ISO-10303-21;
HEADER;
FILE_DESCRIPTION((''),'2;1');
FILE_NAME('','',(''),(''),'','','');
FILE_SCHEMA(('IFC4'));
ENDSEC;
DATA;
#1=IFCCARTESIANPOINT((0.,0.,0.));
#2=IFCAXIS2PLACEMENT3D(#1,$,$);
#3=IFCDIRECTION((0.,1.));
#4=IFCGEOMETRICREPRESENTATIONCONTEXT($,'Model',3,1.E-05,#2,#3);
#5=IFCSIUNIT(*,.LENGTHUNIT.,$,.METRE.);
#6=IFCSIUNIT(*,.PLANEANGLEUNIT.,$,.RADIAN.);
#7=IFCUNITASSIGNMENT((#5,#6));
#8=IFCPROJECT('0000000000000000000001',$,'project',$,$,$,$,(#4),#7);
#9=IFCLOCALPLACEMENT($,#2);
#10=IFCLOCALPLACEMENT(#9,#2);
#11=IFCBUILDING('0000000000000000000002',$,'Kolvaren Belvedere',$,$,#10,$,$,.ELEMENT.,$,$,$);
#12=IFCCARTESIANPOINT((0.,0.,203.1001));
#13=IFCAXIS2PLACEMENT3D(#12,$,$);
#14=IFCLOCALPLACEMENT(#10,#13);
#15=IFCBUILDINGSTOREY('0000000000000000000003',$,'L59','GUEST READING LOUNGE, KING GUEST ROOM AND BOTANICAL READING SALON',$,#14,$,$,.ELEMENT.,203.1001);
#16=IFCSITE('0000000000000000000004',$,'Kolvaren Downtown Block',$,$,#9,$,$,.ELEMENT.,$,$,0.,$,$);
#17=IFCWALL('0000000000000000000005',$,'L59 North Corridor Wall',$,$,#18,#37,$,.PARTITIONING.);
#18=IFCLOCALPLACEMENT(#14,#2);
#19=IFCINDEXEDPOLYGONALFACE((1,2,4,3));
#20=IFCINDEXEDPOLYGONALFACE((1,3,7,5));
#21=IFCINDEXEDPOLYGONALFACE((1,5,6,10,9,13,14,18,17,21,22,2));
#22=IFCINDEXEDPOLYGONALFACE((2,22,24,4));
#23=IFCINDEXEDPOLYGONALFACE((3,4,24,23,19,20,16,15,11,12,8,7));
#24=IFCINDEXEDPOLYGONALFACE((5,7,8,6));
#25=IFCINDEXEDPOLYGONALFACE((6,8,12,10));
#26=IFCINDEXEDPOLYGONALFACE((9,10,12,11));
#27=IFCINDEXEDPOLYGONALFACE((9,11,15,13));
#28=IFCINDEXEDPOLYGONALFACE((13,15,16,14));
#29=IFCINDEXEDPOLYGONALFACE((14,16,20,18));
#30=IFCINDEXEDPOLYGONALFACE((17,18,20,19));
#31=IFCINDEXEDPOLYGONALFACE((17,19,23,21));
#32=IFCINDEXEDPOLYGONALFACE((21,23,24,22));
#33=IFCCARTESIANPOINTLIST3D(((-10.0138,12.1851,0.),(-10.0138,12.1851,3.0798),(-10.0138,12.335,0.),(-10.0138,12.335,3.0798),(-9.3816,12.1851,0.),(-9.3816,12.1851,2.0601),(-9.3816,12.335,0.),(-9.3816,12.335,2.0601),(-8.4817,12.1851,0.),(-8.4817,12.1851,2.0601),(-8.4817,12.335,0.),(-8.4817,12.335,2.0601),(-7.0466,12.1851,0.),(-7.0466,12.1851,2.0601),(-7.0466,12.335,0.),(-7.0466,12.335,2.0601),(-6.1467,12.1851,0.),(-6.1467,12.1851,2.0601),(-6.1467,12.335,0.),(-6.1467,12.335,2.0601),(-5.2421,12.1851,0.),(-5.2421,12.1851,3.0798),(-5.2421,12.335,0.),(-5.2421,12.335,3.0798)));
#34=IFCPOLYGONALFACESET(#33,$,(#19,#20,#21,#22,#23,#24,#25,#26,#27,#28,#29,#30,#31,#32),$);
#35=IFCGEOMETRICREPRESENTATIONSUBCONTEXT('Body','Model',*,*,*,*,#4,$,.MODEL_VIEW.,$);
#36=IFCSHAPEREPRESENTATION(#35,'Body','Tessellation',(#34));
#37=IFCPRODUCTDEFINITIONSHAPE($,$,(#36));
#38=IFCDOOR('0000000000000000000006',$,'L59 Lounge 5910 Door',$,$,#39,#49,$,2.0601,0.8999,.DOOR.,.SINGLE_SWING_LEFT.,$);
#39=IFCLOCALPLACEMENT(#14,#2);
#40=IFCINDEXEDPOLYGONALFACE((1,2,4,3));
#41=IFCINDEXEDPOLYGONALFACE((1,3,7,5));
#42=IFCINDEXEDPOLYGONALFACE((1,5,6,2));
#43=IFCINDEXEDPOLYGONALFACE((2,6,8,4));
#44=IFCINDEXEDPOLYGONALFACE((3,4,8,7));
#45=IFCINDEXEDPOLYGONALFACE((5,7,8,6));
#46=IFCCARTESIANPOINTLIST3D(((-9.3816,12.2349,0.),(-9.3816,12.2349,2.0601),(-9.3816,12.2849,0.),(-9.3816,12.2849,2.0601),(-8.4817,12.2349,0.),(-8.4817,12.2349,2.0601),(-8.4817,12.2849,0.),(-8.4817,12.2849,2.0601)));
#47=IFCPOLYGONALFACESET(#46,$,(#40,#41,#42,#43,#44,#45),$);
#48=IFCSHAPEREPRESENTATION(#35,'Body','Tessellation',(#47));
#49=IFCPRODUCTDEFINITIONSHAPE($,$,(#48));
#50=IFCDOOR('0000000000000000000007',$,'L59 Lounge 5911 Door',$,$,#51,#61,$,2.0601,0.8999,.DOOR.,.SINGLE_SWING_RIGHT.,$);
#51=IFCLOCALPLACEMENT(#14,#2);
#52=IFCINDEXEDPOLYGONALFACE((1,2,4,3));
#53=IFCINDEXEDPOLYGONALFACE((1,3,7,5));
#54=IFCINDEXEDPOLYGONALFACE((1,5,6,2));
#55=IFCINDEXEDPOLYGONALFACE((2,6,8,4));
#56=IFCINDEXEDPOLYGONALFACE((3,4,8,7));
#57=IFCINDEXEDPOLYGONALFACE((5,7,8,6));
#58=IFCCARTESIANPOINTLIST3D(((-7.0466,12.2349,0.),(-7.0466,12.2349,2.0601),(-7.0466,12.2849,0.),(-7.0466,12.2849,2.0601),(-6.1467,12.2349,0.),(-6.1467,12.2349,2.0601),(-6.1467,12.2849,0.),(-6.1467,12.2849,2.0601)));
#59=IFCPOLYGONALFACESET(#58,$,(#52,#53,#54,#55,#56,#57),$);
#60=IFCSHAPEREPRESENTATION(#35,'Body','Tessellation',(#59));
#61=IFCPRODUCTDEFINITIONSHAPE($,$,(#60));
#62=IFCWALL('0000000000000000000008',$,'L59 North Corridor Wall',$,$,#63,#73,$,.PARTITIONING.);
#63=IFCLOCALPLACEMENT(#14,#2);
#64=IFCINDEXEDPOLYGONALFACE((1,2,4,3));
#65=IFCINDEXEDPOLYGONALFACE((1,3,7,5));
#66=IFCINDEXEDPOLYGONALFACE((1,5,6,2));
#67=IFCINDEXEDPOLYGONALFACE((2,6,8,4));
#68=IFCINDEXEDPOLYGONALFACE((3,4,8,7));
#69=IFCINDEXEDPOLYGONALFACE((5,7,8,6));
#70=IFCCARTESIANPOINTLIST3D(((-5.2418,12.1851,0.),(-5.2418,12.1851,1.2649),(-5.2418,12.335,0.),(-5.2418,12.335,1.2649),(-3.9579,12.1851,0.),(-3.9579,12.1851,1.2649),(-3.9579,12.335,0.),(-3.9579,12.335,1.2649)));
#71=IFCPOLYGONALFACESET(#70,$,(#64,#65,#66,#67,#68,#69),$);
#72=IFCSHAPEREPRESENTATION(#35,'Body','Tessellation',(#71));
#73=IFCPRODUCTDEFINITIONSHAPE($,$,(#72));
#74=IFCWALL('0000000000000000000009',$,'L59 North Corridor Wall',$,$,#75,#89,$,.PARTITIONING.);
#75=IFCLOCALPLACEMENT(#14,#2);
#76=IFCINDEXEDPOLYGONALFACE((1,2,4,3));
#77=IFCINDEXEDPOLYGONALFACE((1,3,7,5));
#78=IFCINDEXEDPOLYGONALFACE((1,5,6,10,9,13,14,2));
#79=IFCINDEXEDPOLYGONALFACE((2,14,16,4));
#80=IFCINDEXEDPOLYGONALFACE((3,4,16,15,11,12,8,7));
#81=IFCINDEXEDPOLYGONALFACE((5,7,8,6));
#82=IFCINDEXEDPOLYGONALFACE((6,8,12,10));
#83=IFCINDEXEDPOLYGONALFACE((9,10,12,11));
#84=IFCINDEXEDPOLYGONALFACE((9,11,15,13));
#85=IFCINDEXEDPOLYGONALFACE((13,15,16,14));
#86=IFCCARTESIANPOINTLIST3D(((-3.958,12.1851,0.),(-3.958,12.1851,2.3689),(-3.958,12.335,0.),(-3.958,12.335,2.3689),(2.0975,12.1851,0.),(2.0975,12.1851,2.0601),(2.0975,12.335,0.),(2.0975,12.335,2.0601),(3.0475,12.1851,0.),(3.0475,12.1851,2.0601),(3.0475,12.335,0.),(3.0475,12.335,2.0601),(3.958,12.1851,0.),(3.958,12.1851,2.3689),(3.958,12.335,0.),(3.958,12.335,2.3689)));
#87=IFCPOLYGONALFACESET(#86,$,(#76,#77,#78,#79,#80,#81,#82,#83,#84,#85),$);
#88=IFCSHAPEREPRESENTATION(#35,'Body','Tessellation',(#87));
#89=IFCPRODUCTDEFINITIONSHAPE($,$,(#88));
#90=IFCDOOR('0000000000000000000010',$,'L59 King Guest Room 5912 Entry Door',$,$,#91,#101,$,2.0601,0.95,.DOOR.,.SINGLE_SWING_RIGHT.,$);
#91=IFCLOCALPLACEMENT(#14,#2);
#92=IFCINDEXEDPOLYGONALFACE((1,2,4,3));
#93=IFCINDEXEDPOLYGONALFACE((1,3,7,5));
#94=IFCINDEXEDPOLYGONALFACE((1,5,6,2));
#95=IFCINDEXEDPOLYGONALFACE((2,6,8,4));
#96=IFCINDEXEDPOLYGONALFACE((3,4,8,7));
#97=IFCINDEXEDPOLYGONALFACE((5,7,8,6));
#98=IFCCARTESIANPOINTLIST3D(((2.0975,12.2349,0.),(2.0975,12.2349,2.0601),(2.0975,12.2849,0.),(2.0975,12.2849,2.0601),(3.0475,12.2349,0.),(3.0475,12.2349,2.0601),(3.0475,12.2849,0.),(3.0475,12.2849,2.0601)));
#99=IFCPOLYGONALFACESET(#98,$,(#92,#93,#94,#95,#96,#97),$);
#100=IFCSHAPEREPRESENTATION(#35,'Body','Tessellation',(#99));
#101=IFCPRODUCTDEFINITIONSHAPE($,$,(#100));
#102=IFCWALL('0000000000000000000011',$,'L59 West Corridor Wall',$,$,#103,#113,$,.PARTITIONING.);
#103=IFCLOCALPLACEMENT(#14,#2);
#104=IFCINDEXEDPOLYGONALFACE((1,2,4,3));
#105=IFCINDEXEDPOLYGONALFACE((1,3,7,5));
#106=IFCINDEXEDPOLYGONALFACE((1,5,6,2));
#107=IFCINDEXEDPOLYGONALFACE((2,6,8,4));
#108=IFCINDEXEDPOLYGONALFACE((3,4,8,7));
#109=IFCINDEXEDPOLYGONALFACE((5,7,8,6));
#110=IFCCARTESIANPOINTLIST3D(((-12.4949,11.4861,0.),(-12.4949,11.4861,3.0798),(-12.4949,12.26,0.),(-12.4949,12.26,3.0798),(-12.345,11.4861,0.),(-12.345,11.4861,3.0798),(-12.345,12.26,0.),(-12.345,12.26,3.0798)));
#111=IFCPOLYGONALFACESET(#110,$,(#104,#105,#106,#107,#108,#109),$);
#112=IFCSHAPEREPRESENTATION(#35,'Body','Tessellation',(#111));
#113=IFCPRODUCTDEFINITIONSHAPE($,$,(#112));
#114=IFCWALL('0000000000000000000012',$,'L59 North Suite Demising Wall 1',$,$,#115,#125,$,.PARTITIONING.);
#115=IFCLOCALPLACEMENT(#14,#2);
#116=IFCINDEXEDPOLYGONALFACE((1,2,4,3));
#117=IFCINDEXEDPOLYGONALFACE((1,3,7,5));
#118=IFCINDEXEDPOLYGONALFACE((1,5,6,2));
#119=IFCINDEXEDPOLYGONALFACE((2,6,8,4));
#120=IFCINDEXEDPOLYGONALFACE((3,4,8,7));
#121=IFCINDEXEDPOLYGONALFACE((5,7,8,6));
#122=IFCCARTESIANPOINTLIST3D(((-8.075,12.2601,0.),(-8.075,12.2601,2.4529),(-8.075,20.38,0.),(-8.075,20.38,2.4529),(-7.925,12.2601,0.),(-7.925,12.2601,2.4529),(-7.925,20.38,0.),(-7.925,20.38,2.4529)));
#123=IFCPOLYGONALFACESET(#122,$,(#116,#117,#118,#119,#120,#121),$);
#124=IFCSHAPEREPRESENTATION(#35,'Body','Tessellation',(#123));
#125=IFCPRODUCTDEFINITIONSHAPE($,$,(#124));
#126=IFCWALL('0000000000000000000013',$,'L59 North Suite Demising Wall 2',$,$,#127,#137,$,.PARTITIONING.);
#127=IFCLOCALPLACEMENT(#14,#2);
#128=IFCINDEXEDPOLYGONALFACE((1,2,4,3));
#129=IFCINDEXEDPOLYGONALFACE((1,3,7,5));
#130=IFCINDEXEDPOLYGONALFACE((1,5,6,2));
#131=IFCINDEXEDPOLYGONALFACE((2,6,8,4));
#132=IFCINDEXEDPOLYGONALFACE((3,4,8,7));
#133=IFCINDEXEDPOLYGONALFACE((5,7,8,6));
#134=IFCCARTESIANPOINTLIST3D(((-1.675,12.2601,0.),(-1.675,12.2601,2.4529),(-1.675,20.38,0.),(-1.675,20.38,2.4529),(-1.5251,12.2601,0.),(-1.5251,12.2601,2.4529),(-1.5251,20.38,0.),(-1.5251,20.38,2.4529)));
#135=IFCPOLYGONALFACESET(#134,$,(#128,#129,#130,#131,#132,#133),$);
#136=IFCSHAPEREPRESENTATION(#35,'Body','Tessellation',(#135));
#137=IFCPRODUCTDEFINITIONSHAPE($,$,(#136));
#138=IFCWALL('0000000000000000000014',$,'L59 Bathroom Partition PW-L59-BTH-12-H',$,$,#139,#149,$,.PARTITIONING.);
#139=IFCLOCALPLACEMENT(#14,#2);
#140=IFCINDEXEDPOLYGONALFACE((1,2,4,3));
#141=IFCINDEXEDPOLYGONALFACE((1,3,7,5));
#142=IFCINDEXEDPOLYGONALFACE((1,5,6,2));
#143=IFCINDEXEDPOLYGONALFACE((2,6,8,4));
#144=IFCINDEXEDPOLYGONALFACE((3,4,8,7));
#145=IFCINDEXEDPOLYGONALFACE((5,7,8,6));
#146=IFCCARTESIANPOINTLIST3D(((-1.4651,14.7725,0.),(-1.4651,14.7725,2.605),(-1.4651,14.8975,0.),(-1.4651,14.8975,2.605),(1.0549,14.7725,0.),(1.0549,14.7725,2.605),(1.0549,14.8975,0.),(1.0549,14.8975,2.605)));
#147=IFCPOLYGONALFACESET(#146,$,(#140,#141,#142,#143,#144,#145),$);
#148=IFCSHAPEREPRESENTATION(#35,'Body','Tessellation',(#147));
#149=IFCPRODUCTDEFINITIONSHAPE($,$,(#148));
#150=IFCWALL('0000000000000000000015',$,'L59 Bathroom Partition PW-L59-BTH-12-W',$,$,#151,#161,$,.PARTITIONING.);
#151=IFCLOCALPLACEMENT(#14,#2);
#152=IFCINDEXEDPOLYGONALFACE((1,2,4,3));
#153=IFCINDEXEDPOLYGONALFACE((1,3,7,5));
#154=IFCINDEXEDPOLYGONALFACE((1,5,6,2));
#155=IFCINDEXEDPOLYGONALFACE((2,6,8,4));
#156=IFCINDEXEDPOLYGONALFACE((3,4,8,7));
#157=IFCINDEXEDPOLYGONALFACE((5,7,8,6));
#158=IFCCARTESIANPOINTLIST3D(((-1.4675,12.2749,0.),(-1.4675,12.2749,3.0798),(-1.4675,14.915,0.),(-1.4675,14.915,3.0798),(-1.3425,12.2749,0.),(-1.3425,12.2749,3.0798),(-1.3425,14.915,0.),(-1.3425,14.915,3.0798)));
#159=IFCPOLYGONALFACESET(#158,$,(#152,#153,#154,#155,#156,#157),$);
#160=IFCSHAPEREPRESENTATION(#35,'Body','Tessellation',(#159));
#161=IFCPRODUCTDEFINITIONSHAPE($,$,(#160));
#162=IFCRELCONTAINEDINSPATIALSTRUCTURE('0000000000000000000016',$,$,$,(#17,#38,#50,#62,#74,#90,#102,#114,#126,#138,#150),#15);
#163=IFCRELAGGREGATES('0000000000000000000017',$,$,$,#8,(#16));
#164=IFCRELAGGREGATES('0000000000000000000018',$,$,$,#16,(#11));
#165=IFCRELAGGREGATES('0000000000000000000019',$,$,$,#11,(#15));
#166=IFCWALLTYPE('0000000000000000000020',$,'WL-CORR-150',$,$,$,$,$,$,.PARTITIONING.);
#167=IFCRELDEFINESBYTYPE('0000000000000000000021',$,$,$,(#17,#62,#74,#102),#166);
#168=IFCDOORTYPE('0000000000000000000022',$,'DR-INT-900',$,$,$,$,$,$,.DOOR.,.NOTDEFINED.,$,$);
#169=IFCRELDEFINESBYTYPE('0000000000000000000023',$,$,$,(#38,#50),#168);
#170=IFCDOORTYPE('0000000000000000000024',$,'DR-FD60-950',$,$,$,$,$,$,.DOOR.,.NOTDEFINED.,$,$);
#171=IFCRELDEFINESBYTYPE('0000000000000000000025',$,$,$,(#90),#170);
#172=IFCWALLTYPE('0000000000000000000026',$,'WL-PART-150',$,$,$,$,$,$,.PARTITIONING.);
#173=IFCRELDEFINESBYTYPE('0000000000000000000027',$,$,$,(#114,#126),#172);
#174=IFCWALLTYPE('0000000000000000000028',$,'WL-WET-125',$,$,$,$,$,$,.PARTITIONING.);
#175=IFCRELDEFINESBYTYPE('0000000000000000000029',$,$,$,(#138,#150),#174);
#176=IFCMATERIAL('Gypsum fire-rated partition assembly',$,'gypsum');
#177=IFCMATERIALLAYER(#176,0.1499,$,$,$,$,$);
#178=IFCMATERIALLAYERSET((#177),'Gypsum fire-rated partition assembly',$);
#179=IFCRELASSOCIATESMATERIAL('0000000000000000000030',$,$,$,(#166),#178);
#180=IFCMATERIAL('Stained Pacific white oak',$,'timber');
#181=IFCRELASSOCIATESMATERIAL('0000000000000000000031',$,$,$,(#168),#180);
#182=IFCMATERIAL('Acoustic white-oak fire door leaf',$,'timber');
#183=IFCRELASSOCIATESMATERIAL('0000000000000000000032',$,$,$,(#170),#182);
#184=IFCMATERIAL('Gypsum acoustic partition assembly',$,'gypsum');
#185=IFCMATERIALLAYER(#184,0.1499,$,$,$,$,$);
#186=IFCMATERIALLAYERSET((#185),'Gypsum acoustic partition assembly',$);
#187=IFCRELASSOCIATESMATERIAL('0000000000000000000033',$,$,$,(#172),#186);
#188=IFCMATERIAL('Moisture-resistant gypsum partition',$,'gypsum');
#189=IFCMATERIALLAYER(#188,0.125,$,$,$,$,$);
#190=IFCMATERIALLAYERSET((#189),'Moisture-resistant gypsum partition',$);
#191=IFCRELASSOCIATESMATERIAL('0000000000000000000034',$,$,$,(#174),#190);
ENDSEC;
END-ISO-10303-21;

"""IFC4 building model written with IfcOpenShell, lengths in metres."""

from ifc_helpers import new_model, si_unit, direction, frame, frame_2d, origin, place, context, subcontext, project, spatial, rectangle, extrude, material, layer, layer_set, type_object, element, fill, save


model = new_model("IFC4")

# Units and contexts
model_context = context("Model", 3, precision=1e-05, world=origin(), true_north=direction((0.0, 1.0)))
body_context = subcontext(model_context, "Body", "Model", "MODEL_VIEW")
ifc_project = project(units=[si_unit("LENGTHUNIT", "METRE"), si_unit("PLANEANGLEUNIT", "RADIAN")], contexts=[model_context])

# Site, building, storey
site_placement = place(None, origin())
site = spatial("IfcSite", under=ifc_project, at=site_placement, Name="Kolvaren Downtown Block", CompositionType="ELEMENT", RefElevation=0.0)
building_placement = place(site_placement, origin())
building = spatial("IfcBuilding", under=site, at=building_placement, Name="Kolvaren Belvedere", CompositionType="ELEMENT")
storey_placement = place(building_placement, frame((0.0, 0.0, 203.1001)))
storey = spatial("IfcBuildingStorey", under=building, at=storey_placement, Name="L59", Description="GUEST READING LOUNGE, KING GUEST ROOM AND BOTANICAL READING SALON", CompositionType="ELEMENT", Elevation=203.1001)

# Shared definitions
ifc_material_1 = material(Name="Gypsum fire-rated partition assembly", Category="gypsum")
ifc_layer_1 = layer(ifc_material_1, 0.1499)
ifc_layer_set_1 = layer_set([ifc_layer_1], Name="Gypsum fire-rated partition assembly")
wall_type_1 = type_object("IfcWallType", Name="WL-CORR-150", PredefinedType="PARTITIONING", material=ifc_layer_set_1)

# Wall, openings, doors
wall_1_placement = place(storey_placement, frame((-10.0137, 12.26, 0.0), z_axis=(0.0, 0.0, 1.0), x_axis=(1.0, 0.0, 0.0)))
wall_1 = element("IfcWall", 1, at=wall_1_placement, inside=storey, type_object=wall_type_1, Name="L59 North Corridor Wall", PredefinedType="PARTITIONING", context=body_context, shape_type="SweptSolid", body=[
    extrude(rectangle(XDim=4.7717, YDim=0.1499, at=frame_2d((2.3857, 0.0))), origin(), (0.0, 0.0, 1.0), 3.0798),
])
opening_1_placement = place(wall_1_placement, frame((0.6321, 0.0, 0.0)))
opening_1 = element("IfcOpeningElement", 2, at=opening_1_placement, cuts=wall_1, PredefinedType="OPENING", context=body_context, shape_type="SweptSolid", body=[
    extrude(rectangle(XDim=0.8999, YDim=2.0601, at=frame_2d((0.45, 1.03))), frame((0.0, 0.085, 0.0), z_axis=(0.0, -1.0, 0.0), x_axis=(1.0, 0.0, 0.0)), (0.0, 0.0, 1.0), 0.1699),
])
opening_2_placement = place(wall_1_placement, frame((2.967, 0.0, 0.0)))
opening_2 = element("IfcOpeningElement", 3, at=opening_2_placement, cuts=wall_1, PredefinedType="OPENING", context=body_context, shape_type="SweptSolid", body=[
    extrude(rectangle(XDim=0.8999, YDim=2.0601, at=frame_2d((0.45, 1.03))), frame((0.0, 0.085, 0.0), z_axis=(0.0, -1.0, 0.0), x_axis=(1.0, 0.0, 0.0)), (0.0, 0.0, 1.0), 0.1699),
])
ifc_material_2 = material(Name="Stained Pacific white oak", Category="timber")
door_type_1 = type_object("IfcDoorType", Name="DR-INT-900", OperationType="NOTDEFINED", PredefinedType="DOOR", material=ifc_material_2)
door_1_placement = place(opening_1_placement, origin())
door_1 = element("IfcDoor", 4, at=door_1_placement, inside=storey, type_object=door_type_1, Name="L59 Lounge 5910 Door", OperationType="SINGLE_SWING_LEFT", OverallHeight=2.0601, OverallWidth=0.8999, PredefinedType="DOOR", context=body_context, shape_type="SweptSolid", body=[
    extrude(rectangle(XDim=0.8999, YDim=2.0601, at=frame_2d((0.45, 1.03))), frame((0.0, 0.0249, 0.0), z_axis=(0.0, -1.0, 0.0), x_axis=(1.0, 0.0, 0.0)), (0.0, 0.0, 1.0), 0.05),
])
fill(opening_1, door_1)
door_2_placement = place(opening_2_placement, origin())
door_2 = element("IfcDoor", 5, at=door_2_placement, inside=storey, type_object=door_type_1, Name="L59 Lounge 5911 Door", OperationType="SINGLE_SWING_RIGHT", OverallHeight=2.0601, OverallWidth=0.8999, PredefinedType="DOOR", context=body_context, shape_type="SweptSolid", body=[
    extrude(rectangle(XDim=0.8999, YDim=2.0601, at=frame_2d((0.45, 1.03))), frame((0.0, 0.0249, 0.0), z_axis=(0.0, -1.0, 0.0), x_axis=(1.0, 0.0, 0.0)), (0.0, 0.0, 1.0), 0.05),
])
fill(opening_2, door_2)

# Wall
wall_2_placement = place(storey_placement, frame((-5.2419, 12.26, 0.0), z_axis=(0.0, 0.0, 1.0), x_axis=(1.0, 0.0, 0.0)))
element("IfcWall", 6, at=wall_2_placement, inside=storey, type_object=wall_type_1, Name="L59 North Corridor Wall", PredefinedType="PARTITIONING", context=body_context, shape_type="SweptSolid", body=[
    extrude(rectangle(XDim=1.2839, YDim=0.1499, at=frame_2d((0.6421, 0.0))), origin(), (0.0, 0.0, 1.0), 1.2649),
])

# Wall, opening, door
wall_3_placement = place(storey_placement, frame((-3.958, 12.26, 0.0), z_axis=(0.0, 0.0, 1.0), x_axis=(1.0, 0.0, 0.0)))
wall_3 = element("IfcWall", 7, at=wall_3_placement, inside=storey, type_object=wall_type_1, Name="L59 North Corridor Wall", PredefinedType="PARTITIONING", context=body_context, shape_type="SweptSolid", body=[
    extrude(rectangle(XDim=7.916, YDim=0.1499, at=frame_2d((3.958, 0.0))), origin(), (0.0, 0.0, 1.0), 2.3689),
])
opening_3_placement = place(wall_3_placement, frame((6.0554, 0.0, 0.0)))
opening_3 = element("IfcOpeningElement", 8, at=opening_3_placement, cuts=wall_3, PredefinedType="OPENING", context=body_context, shape_type="SweptSolid", body=[
    extrude(rectangle(XDim=0.95, YDim=2.0601, at=frame_2d((0.4751, 1.03))), frame((0.0, 0.085, 0.0), z_axis=(0.0, -1.0, 0.0), x_axis=(1.0, 0.0, 0.0)), (0.0, 0.0, 1.0), 0.1699),
])
ifc_material_3 = material(Name="Acoustic white-oak fire door leaf", Category="timber")
door_type_2 = type_object("IfcDoorType", Name="DR-FD60-950", OperationType="NOTDEFINED", PredefinedType="DOOR", material=ifc_material_3)
door_3_placement = place(opening_3_placement, origin())
door_3 = element("IfcDoor", 9, at=door_3_placement, inside=storey, type_object=door_type_2, Name="L59 King Guest Room 5912 Entry Door", OperationType="SINGLE_SWING_RIGHT", OverallHeight=2.0601, OverallWidth=0.95, PredefinedType="DOOR", context=body_context, shape_type="SweptSolid", body=[
    extrude(rectangle(XDim=0.95, YDim=2.0601, at=frame_2d((0.4751, 1.03))), frame((0.0, 0.0249, 0.0), z_axis=(0.0, -1.0, 0.0), x_axis=(1.0, 0.0, 0.0)), (0.0, 0.0, 1.0), 0.05),
])
fill(opening_3, door_3)

# Walls
wall_4_placement = place(storey_placement, frame((-12.4199, 11.4861, 0.0), z_axis=(0.0, 0.0, 1.0), x_axis=(0.0, 1.0, 0.0)))
element("IfcWall", 10, at=wall_4_placement, inside=storey, type_object=wall_type_1, Name="L59 West Corridor Wall", PredefinedType="PARTITIONING", context=body_context, shape_type="SweptSolid", body=[
    extrude(rectangle(XDim=0.7739, YDim=0.1499, at=frame_2d((0.387, 0.0))), origin(), (0.0, 0.0, 1.0), 3.0798),
])
ifc_material_4 = material(Name="Gypsum acoustic partition assembly", Category="gypsum")
ifc_layer_2 = layer(ifc_material_4, 0.1499)
ifc_layer_set_2 = layer_set([ifc_layer_2], Name="Gypsum acoustic partition assembly")
wall_type_2 = type_object("IfcWallType", Name="WL-PART-150", PredefinedType="PARTITIONING", material=ifc_layer_set_2)
for number, where, z_axis, x_axis, name in (
    (11, (-8.0, 12.26, 0.0), (0.0, 0.0, 1.0), (0.0, 1.0, 0.0), "L59 North Suite Demising Wall 1"),
    (12, (-1.6001, 12.26, 0.0), (0.0, 0.0, 1.0), (0.0, 1.0, 0.0), "L59 North Suite Demising Wall 2"),
):
    element("IfcWall", number, at=place(storey_placement, frame(where, z_axis=z_axis, x_axis=x_axis)), inside=storey, type_object=wall_type_2, Name=name, PredefinedType="PARTITIONING", context=body_context, shape_type="SweptSolid", body=[
        extrude(rectangle(XDim=8.1199, YDim=0.1499, at=frame_2d((4.0601, 0.0))), origin(), (0.0, 0.0, 1.0), 2.4529),
    ])
ifc_material_5 = material(Name="Moisture-resistant gypsum partition", Category="gypsum")
ifc_layer_3 = layer(ifc_material_5, 0.125)
ifc_layer_set_3 = layer_set([ifc_layer_3], Name="Moisture-resistant gypsum partition")
wall_type_3 = type_object("IfcWallType", Name="WL-WET-125", PredefinedType="PARTITIONING", material=ifc_layer_set_3)
wall_5_placement = place(storey_placement, frame((-1.4651, 14.835, 0.0), z_axis=(0.0, 0.0, 1.0), x_axis=(1.0, 0.0, 0.0)))
element("IfcWall", 13, at=wall_5_placement, inside=storey, type_object=wall_type_3, Name="L59 Bathroom Partition PW-L59-BTH-12-H", PredefinedType="PARTITIONING", context=body_context, shape_type="SweptSolid", body=[
    extrude(rectangle(XDim=2.52, YDim=0.125, at=frame_2d((1.26, 0.0))), origin(), (0.0, 0.0, 1.0), 2.605),
])
wall_6_placement = place(storey_placement, frame((-1.405, 12.2749, 0.0), z_axis=(0.0, 0.0, 1.0), x_axis=(0.0, 1.0, 0.0)))
element("IfcWall", 14, at=wall_6_placement, inside=storey, type_object=wall_type_3, Name="L59 Bathroom Partition PW-L59-BTH-12-W", PredefinedType="PARTITIONING", context=body_context, shape_type="SweptSolid", body=[
    extrude(rectangle(XDim=2.6401, YDim=0.125, at=frame_2d((1.3201, 0.0))), origin(), (0.0, 0.0, 1.0), 3.0798),
])

save(model, "model.ifc")
